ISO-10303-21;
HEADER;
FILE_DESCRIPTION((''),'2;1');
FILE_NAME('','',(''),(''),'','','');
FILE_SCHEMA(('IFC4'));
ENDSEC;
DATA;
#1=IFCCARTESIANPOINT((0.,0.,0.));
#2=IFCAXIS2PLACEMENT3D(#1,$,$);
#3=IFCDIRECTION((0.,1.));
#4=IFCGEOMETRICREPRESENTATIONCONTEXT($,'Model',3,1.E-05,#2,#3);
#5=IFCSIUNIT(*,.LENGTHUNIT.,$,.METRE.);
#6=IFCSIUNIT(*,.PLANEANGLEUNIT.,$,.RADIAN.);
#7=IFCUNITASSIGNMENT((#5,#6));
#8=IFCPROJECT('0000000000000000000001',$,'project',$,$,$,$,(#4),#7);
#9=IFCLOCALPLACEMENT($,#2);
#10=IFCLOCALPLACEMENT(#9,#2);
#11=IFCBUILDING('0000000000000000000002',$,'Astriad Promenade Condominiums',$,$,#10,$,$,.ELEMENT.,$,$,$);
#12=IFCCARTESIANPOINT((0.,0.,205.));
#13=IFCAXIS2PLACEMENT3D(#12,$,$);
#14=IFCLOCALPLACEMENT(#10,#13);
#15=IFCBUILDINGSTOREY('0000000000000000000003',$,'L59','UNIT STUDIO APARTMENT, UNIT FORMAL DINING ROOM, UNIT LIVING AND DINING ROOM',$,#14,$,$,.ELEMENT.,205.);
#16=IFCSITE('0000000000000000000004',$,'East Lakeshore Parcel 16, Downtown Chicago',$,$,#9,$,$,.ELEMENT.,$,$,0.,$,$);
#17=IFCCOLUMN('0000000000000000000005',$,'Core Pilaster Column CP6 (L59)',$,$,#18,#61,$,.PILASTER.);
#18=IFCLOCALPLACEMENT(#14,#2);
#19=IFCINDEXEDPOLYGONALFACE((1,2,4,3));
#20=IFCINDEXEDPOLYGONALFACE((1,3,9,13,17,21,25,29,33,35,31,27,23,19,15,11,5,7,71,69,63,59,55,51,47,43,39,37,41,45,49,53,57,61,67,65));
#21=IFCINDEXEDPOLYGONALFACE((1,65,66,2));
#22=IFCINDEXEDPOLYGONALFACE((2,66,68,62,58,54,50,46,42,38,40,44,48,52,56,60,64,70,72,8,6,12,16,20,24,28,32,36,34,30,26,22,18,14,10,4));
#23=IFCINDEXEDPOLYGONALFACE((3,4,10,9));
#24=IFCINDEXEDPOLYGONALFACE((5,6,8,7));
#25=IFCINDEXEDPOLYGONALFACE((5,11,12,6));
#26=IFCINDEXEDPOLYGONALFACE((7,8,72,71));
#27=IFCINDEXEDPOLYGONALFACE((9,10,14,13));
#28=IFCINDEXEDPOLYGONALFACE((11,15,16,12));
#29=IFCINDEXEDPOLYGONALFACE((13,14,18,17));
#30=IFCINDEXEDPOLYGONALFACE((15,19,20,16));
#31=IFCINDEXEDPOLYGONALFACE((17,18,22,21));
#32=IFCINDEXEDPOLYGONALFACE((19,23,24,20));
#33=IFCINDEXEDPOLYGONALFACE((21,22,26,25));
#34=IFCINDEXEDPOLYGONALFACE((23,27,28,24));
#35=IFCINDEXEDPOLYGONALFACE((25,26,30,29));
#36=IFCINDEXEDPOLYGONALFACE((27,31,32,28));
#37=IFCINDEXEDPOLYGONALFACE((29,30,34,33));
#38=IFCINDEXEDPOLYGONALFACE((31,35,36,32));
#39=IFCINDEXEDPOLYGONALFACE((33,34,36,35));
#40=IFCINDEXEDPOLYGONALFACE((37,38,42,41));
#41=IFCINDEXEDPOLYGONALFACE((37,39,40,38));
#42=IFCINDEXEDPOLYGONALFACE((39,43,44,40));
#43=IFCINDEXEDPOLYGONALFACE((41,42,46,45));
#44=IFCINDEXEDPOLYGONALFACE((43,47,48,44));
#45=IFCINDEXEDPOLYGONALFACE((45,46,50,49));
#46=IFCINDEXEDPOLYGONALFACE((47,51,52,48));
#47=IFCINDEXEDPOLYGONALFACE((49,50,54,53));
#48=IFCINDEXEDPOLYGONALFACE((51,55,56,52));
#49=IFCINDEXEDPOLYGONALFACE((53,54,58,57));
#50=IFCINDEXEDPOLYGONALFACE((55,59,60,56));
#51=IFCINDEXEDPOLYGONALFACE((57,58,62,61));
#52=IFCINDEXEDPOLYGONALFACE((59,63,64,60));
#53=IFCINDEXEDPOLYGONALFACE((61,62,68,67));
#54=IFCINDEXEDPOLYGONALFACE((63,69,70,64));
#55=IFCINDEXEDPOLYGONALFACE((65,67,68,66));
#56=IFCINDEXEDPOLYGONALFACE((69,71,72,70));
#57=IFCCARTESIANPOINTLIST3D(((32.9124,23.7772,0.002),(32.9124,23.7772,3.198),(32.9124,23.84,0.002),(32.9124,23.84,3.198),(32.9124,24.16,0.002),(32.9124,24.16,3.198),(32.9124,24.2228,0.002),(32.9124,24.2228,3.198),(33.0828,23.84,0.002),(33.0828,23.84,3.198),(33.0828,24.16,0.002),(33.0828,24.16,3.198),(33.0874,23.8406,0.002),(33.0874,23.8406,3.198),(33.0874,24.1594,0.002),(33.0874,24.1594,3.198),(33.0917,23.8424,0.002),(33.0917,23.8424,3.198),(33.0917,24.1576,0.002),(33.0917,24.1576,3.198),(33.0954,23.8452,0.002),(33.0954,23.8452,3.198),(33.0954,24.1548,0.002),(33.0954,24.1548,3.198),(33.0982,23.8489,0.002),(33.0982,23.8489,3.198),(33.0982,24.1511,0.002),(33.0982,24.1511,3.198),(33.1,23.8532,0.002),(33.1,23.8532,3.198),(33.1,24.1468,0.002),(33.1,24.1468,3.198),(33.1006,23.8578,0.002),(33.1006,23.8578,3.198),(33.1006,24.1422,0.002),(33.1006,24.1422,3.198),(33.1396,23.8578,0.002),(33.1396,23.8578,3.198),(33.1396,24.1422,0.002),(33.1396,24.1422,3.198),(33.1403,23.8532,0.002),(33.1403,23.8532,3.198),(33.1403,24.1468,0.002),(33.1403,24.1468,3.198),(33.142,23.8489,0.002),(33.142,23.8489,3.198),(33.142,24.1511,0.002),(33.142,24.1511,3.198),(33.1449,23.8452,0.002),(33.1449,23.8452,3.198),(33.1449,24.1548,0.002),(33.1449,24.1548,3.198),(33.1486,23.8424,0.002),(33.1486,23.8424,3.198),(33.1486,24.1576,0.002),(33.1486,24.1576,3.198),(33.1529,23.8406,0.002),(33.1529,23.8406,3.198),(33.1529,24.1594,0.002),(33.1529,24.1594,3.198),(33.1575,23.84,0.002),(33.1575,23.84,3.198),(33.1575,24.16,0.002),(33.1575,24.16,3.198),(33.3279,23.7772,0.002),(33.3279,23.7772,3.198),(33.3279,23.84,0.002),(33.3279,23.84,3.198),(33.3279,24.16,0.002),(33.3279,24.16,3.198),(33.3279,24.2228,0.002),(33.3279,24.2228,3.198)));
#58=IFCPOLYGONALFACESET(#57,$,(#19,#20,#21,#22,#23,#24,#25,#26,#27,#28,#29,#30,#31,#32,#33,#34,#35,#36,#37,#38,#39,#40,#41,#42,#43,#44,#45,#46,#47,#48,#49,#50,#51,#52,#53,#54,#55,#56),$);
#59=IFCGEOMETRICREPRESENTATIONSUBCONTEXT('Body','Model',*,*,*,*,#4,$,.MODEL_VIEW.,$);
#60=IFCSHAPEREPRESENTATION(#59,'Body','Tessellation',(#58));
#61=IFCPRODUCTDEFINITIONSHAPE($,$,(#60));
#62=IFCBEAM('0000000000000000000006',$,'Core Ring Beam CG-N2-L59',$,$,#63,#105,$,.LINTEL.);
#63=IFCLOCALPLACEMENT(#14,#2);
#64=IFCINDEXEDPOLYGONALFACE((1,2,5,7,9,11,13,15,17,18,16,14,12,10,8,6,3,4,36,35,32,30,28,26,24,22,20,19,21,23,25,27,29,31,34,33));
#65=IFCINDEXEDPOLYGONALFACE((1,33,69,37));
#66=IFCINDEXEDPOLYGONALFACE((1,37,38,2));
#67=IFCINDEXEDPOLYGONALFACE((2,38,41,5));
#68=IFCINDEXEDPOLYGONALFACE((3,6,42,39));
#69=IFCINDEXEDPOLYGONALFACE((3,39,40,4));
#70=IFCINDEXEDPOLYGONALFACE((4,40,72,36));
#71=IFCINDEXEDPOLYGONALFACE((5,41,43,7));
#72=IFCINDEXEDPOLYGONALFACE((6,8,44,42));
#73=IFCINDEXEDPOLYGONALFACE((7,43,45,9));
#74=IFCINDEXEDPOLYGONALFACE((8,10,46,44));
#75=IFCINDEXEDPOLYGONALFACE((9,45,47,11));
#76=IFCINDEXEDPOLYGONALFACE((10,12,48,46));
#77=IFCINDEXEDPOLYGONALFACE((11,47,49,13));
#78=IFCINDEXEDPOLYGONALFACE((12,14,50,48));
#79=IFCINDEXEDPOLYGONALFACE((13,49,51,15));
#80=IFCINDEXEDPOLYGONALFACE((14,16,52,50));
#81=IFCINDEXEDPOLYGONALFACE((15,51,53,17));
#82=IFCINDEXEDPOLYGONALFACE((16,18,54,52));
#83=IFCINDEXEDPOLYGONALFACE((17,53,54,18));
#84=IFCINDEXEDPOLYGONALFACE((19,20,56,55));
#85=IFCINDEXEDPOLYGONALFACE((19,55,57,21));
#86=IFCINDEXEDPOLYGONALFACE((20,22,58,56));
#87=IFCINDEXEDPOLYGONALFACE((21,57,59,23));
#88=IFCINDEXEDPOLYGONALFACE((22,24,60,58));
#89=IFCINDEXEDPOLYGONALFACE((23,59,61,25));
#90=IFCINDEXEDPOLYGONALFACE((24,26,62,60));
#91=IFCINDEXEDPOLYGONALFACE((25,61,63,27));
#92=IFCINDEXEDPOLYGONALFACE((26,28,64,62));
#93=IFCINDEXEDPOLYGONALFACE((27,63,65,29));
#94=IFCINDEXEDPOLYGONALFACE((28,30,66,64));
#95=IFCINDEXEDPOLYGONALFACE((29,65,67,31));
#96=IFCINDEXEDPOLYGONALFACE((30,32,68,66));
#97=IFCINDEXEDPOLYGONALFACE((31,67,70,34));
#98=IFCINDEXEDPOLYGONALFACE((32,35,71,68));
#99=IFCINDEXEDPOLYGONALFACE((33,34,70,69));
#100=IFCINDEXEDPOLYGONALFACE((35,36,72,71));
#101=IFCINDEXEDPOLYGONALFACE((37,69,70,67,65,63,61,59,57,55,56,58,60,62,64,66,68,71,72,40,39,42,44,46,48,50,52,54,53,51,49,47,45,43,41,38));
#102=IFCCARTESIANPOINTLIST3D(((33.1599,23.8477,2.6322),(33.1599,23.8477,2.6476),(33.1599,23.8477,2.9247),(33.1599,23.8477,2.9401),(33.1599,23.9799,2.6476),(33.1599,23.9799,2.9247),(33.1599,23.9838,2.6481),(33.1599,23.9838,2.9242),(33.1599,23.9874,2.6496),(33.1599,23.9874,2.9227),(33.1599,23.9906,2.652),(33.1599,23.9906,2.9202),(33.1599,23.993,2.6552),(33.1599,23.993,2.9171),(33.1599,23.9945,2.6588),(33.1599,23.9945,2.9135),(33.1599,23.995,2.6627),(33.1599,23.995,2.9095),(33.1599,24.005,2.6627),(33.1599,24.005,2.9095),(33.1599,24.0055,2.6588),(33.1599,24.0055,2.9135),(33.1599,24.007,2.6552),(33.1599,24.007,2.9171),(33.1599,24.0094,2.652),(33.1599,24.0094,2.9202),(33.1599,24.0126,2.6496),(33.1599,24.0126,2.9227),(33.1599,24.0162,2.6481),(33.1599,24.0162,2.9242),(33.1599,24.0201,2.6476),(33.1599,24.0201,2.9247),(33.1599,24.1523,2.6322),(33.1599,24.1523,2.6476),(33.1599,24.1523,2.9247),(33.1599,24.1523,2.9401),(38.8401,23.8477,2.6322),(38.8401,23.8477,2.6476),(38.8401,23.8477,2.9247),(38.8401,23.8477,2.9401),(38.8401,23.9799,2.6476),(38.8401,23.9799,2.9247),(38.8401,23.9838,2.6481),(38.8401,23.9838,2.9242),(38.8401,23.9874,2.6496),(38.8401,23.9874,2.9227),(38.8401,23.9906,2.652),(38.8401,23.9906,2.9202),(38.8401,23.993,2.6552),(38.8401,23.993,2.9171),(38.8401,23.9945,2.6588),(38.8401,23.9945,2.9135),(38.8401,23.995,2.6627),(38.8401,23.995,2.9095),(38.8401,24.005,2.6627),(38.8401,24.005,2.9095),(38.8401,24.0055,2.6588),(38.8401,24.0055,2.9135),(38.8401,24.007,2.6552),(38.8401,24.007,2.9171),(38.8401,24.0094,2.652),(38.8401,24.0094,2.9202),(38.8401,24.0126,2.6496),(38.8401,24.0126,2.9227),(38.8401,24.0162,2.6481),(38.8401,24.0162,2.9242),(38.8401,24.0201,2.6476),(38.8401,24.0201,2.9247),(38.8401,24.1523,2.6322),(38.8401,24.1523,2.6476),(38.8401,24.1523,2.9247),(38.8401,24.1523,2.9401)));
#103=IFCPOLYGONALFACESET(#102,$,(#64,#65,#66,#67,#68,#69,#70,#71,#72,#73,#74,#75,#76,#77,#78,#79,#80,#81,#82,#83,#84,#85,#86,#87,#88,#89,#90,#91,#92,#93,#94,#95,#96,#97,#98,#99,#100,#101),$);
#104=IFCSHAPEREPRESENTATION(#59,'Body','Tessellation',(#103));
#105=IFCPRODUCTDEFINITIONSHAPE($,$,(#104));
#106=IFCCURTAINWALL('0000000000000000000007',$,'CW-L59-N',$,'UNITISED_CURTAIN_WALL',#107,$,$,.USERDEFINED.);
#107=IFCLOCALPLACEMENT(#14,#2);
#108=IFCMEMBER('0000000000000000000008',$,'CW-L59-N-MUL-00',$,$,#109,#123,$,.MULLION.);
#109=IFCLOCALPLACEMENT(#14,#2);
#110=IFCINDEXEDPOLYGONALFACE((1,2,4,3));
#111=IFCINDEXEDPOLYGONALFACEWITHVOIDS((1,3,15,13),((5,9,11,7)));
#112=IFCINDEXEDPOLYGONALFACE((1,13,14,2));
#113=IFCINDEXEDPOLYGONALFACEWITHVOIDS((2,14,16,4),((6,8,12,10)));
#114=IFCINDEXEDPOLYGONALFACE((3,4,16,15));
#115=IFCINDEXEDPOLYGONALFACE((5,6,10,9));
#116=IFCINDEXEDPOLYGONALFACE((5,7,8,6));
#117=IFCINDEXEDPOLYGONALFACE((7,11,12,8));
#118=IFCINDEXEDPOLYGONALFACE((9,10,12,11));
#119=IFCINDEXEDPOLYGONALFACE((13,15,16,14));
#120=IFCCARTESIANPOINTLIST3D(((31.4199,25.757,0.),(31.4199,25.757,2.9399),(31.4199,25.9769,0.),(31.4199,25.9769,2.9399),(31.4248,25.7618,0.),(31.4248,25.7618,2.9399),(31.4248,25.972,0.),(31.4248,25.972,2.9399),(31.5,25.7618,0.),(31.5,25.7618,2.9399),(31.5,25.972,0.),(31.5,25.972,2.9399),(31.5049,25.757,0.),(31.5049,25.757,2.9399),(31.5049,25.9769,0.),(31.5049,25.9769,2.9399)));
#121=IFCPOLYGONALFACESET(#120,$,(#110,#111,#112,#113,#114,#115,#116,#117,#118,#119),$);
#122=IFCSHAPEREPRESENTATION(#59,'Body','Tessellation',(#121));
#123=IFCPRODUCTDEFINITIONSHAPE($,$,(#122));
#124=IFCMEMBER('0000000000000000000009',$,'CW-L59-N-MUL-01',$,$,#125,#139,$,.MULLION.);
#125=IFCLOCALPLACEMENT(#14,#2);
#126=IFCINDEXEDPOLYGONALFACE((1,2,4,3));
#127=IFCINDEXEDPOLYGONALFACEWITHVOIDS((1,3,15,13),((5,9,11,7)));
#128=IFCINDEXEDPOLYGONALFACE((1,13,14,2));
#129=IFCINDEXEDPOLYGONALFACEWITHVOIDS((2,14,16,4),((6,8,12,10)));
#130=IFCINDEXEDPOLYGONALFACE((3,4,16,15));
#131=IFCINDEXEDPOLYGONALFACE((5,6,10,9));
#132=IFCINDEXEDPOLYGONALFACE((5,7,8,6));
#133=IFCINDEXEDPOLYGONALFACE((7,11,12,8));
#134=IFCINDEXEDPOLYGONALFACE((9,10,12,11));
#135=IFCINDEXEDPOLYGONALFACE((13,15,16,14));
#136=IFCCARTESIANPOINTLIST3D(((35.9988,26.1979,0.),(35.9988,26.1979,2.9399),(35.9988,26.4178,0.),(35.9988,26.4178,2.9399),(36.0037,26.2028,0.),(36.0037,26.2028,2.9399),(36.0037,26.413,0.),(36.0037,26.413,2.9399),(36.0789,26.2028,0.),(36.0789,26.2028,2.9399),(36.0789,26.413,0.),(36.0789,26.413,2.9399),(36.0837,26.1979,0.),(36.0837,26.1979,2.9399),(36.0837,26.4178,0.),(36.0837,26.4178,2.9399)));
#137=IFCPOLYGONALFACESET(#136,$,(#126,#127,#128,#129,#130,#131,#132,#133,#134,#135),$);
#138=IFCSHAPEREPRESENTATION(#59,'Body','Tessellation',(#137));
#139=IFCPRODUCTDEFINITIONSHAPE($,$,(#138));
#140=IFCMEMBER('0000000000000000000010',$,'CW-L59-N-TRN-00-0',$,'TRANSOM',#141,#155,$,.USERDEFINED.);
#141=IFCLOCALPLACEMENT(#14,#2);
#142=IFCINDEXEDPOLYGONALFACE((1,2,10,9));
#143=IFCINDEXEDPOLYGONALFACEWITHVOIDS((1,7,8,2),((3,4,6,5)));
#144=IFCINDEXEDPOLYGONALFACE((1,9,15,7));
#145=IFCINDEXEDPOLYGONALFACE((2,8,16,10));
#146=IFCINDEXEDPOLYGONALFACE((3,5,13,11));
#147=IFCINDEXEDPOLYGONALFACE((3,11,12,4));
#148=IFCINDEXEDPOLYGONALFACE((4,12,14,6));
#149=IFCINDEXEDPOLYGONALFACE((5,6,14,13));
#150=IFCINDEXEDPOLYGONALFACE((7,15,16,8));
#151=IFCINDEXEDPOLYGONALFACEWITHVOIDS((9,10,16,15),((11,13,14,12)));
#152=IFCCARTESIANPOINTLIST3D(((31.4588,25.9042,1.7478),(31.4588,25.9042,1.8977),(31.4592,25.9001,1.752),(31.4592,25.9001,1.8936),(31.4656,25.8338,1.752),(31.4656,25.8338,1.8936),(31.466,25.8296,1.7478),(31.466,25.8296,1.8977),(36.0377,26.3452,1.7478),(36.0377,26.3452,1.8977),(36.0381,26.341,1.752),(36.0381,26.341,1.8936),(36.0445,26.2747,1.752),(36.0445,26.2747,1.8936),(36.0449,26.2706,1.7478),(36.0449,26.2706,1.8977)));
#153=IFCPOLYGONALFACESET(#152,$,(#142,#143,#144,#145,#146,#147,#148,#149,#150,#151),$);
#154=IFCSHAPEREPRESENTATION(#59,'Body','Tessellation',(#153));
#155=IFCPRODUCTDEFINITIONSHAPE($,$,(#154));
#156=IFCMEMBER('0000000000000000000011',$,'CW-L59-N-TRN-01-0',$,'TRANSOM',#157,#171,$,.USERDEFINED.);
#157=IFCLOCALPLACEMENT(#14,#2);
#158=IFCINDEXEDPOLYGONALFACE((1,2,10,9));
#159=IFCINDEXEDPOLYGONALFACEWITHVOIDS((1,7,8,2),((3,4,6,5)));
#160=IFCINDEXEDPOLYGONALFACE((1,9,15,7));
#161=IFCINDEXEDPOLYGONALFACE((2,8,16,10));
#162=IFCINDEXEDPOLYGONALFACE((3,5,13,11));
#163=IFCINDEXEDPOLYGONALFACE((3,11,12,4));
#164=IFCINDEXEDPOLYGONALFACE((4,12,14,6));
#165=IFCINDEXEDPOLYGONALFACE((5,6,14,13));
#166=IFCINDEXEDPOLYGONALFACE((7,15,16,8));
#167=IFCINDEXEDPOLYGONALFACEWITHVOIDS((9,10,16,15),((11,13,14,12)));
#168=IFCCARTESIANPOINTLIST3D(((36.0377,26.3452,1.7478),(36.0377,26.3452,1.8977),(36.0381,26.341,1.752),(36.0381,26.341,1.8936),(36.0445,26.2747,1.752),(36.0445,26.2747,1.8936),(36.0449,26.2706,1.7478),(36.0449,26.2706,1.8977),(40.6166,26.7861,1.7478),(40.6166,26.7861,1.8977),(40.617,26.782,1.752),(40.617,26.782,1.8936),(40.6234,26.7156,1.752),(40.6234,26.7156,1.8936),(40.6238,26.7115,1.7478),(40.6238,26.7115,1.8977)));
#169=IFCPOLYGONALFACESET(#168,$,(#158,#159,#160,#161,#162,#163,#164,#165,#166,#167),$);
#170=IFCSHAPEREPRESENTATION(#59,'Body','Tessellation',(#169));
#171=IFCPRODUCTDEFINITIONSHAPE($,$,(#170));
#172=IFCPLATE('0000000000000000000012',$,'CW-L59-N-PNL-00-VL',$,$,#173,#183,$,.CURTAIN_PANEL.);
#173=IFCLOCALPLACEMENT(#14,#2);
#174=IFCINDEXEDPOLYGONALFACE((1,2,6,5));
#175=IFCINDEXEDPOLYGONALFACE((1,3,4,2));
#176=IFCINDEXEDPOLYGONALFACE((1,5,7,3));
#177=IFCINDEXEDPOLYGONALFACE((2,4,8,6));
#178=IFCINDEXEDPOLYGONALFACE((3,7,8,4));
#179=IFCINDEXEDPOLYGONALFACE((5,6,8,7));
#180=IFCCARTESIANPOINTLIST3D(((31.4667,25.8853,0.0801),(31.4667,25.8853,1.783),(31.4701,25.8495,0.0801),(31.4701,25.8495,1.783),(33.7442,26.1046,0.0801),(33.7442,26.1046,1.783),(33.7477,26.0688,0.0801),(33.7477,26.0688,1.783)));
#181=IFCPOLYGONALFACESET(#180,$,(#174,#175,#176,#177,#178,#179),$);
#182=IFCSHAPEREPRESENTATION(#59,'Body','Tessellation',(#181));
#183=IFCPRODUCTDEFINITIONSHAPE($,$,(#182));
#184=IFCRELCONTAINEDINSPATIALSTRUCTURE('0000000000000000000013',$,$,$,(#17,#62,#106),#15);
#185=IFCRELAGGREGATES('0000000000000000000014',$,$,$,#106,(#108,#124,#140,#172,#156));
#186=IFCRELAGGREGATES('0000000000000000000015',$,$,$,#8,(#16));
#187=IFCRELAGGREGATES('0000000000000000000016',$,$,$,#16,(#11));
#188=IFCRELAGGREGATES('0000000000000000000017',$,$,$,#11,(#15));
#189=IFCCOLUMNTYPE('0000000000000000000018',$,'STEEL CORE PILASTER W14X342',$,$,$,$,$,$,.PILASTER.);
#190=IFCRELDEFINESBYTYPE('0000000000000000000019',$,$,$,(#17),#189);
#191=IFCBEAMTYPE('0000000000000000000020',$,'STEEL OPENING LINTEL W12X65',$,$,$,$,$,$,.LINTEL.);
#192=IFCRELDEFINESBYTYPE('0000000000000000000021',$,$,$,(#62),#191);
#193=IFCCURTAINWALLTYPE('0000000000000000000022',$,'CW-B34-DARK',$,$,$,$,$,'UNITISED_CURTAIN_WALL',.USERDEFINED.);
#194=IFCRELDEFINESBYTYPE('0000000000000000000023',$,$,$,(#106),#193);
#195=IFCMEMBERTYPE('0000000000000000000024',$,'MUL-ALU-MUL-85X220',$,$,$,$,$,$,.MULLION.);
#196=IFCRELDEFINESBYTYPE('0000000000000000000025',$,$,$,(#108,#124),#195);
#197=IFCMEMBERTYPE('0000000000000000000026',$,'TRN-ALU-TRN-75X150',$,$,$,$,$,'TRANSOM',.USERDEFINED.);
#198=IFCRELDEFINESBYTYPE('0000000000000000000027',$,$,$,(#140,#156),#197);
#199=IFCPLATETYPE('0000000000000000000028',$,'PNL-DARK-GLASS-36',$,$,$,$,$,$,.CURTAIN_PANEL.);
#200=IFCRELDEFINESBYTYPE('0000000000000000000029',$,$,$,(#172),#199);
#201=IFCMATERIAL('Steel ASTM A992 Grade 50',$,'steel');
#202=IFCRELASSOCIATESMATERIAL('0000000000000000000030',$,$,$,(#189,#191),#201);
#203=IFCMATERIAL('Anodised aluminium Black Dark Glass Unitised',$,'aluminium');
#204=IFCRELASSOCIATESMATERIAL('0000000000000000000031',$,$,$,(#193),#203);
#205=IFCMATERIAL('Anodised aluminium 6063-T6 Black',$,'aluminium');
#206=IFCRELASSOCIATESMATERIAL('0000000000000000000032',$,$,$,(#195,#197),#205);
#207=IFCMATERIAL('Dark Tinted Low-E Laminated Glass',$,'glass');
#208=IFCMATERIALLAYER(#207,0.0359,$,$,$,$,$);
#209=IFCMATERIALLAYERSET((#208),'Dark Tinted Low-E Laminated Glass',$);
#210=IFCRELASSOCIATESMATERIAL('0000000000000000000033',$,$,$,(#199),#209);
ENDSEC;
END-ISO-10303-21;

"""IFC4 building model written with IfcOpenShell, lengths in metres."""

from ifc_helpers import new_model, si_unit, direction, frame, origin, origin_2d, place, context, subcontext, project, spatial, rectangle, hollow_rectangle, i_section, extrude, source, transform, mapped, material, layer, layer_set, material_profile, profile_set, type_object, type_shapes, element, aggregate, save


model = new_model("IFC4")

# Units and contexts
model_context = context("Model", 3, precision=1e-05, world=origin(), true_north=direction((0.0, 1.0)))
body_context = subcontext(model_context, "Body", "Model", "MODEL_VIEW")
ifc_project = project(units=[si_unit("LENGTHUNIT", "METRE"), si_unit("PLANEANGLEUNIT", "RADIAN")], contexts=[model_context])

# Site, building, storey
site_placement = place(None, origin())
site = spatial("IfcSite", under=ifc_project, at=site_placement, Name="East Lakeshore Parcel 16, Downtown Chicago", CompositionType="ELEMENT", RefElevation=0.0)
building_placement = place(site_placement, origin())
building = spatial("IfcBuilding", under=site, at=building_placement, Name="Astriad Promenade Condominiums", CompositionType="ELEMENT")
storey_placement = place(building_placement, frame((0.0, 0.0, 205.0)))
storey = spatial("IfcBuildingStorey", under=building, at=storey_placement, Name="L59", Description="UNIT STUDIO APARTMENT, UNIT FORMAL DINING ROOM, UNIT LIVING AND DINING ROOM", CompositionType="ELEMENT", Elevation=205.0)

# Column
ifc_material_1 = material(Name="Steel ASTM A992 Grade 50", Category="steel")
ifc_material_profile_1 = material_profile(ifc_material_1, i_section(OverallWidth=0.4155, OverallDepth=0.4456, WebThickness=0.0391, FlangeThickness=0.0627, FilletRadius=0.0178, at=origin_2d()), Name="W14X342")
ifc_profile_set_1 = profile_set([ifc_material_profile_1], Name="Steel ASTM A992 Grade 50")
column_type = type_object("IfcColumnType", Name="STEEL CORE PILASTER W14X342", PredefinedType="PILASTER", material=ifc_profile_set_1)
shared_shape_1 = source(origin(), body_context, "Body", "SweptSolid", [
    extrude(i_section(OverallWidth=0.4155, OverallDepth=0.4456, WebThickness=0.0391, FlangeThickness=0.0627, FilletRadius=0.0178, at=origin_2d()), origin(), (0.0, 0.0, 1.0), 3.196),
])
type_shapes(column_type, [shared_shape_1])
column_placement = place(storey_placement, frame((33.1201, 24.0, 0.002), z_axis=(0.0, 0.0, 1.0), x_axis=(1.0, 0.0, 0.0)))
element("IfcColumn", 1, at=column_placement, inside=storey, type_object=column_type, Name="Core Pilaster Column CP6 (L59)", PredefinedType="PILASTER", context=body_context, shape_type="MappedRepresentation", body=[
    mapped(shared_shape_1, transform((0.0, 0.0, 0.0), scale=1.0)),
])

# Beam
ifc_material_profile_2 = material_profile(ifc_material_1, i_section(OverallWidth=0.3047, OverallDepth=0.3079, WebThickness=0.01, FlangeThickness=0.0154, FilletRadius=0.0151, at=origin_2d()), Name="W12X65")
ifc_profile_set_2 = profile_set([ifc_material_profile_2], Name="Steel ASTM A992 Grade 50")
beam_type = type_object("IfcBeamType", Name="STEEL OPENING LINTEL W12X65", PredefinedType="LINTEL", material=ifc_profile_set_2)
shared_shape_2 = source(origin(), body_context, "Body", "SweptSolid", [
    extrude(i_section(OverallWidth=0.3047, OverallDepth=0.3079, WebThickness=0.01, FlangeThickness=0.0154, FilletRadius=0.0151, at=origin_2d()), origin(), (0.0, 0.0, 1.0), 5.6802),
])
type_shapes(beam_type, [shared_shape_2])
beam_placement = place(storey_placement, frame((33.1599, 24.0, 2.7861), z_axis=(1.0, 0.0, 0.0), x_axis=(0.0, 1.0, 0.0)))
element("IfcBeam", 2, at=beam_placement, inside=storey, type_object=beam_type, Name="Core Ring Beam CG-N2-L59", PredefinedType="LINTEL", context=body_context, shape_type="MappedRepresentation", body=[
    mapped(shared_shape_2, transform((0.0, 0.0, 0.0), scale=1.0)),
])

# Curtain wall, members, plate
ifc_material_2 = material(Name="Anodised aluminium Black Dark Glass Unitised", Category="aluminium")
curtain_wall_type = type_object("IfcCurtainWallType", Name="CW-B34-DARK", ElementType="UNITISED_CURTAIN_WALL", PredefinedType="USERDEFINED", material=ifc_material_2)
curtain_wall_placement = place(storey_placement, origin())
curtain_wall = element("IfcCurtainWall", 3, at=curtain_wall_placement, inside=storey, type_object=curtain_wall_type, Name="CW-L59-N", ObjectType="UNITISED_CURTAIN_WALL", PredefinedType="USERDEFINED")
ifc_material_3 = material(Name="Anodised aluminium 6063-T6 Black", Category="aluminium")
ifc_material_profile_3 = material_profile(ifc_material_3, hollow_rectangle(XDim=0.085, YDim=0.22, WallThickness=0.0049, at=origin_2d()), Name="ALU-MUL-85X220")
ifc_profile_set_3 = profile_set([ifc_material_profile_3], Name="Anodised aluminium 6063-T6 Black")
member_type_1 = type_object("IfcMemberType", Name="MUL-ALU-MUL-85X220", PredefinedType="MULLION", material=ifc_profile_set_3)
shared_shape_3 = source(origin(), body_context, "Body", "SweptSolid", [
    extrude(hollow_rectangle(XDim=0.085, YDim=0.22, WallThickness=0.0049, at=origin_2d()), origin(), (0.0, 0.0, 1.0), 2.9399),
])
type_shapes(member_type_1, [shared_shape_3])
member_1_placement = place(storey_placement, frame((31.4624, 25.8669, 0.0), z_axis=(0.0, 0.0, 1.0), x_axis=(1.0, 0.0, 0.0)))
member_1 = element("IfcMember", 4, at=member_1_placement, type_object=member_type_1, Name="CW-L59-N-MUL-00", PredefinedType="MULLION", context=body_context, shape_type="MappedRepresentation", body=[
    mapped(shared_shape_3, transform((0.0, 0.0, 0.0), scale=1.0)),
])
member_2_placement = place(storey_placement, frame((36.0413, 26.3079, 0.0), z_axis=(0.0, 0.0, 1.0), x_axis=(1.0, 0.0, 0.0)))
member_2 = element("IfcMember", 5, at=member_2_placement, type_object=member_type_1, Name="CW-L59-N-MUL-01", PredefinedType="MULLION", context=body_context, shape_type="MappedRepresentation", body=[
    mapped(shared_shape_3, transform((0.0, 0.0, 0.0), scale=1.0)),
])
ifc_material_profile_4 = material_profile(ifc_material_3, hollow_rectangle(XDim=0.075, YDim=0.1499, WallThickness=0.0042, at=origin_2d()), Name="ALU-TRN-75X150")
ifc_profile_set_4 = profile_set([ifc_material_profile_4], Name="Anodised aluminium 6063-T6 Black")
member_type_2 = type_object("IfcMemberType", Name="TRN-ALU-TRN-75X150", ElementType="TRANSOM", PredefinedType="USERDEFINED", material=ifc_profile_set_4)
shared_shape_4 = source(origin(), body_context, "Body", "SweptSolid", [
    extrude(hollow_rectangle(XDim=0.075, YDim=0.1499, WallThickness=0.0042, at=origin_2d()), origin(), (0.0, 0.0, 1.0), 4.6001),
])
type_shapes(member_type_2, [shared_shape_4])
member_3_placement = place(storey_placement, frame((31.4624, 25.8669, 1.8228), z_axis=(0.995396, 0.095851, 0.0), x_axis=(-0.095851, 0.995396, 0.0)))
member_3 = element("IfcMember", 6, at=member_3_placement, type_object=member_type_2, Name="CW-L59-N-TRN-00-0", ObjectType="TRANSOM", PredefinedType="USERDEFINED", context=body_context, shape_type="MappedRepresentation", body=[
    mapped(shared_shape_4, transform((0.0, 0.0, 0.0), scale=1.0)),
])
member_4_placement = place(storey_placement, frame((36.0413, 26.3079, 1.8228), z_axis=(0.995396, 0.095851, 0.0), x_axis=(-0.095851, 0.995396, 0.0)))
member_4 = element("IfcMember", 7, at=member_4_placement, type_object=member_type_2, Name="CW-L59-N-TRN-01-0", ObjectType="TRANSOM", PredefinedType="USERDEFINED", context=body_context, shape_type="MappedRepresentation", body=[
    mapped(shared_shape_4, transform((0.0, 0.0, 0.0), scale=1.0)),
])
ifc_material_4 = material(Name="Dark Tinted Low-E Laminated Glass", Category="glass")
ifc_layer_1 = layer(ifc_material_4, 0.0359)
ifc_layer_set_1 = layer_set([ifc_layer_1], Name="Dark Tinted Low-E Laminated Glass")
plate_type = type_object("IfcPlateType", Name="PNL-DARK-GLASS-36", PredefinedType="CURTAIN_PANEL", material=ifc_layer_set_1)
shared_shape_5 = source(origin(), body_context, "Body", "SweptSolid", [
    extrude(rectangle(XDim=2.2881, YDim=0.0359, at=origin_2d()), origin(), (0.0, 0.0, 1.0), 1.7029),
])
plate_1_placement = place(storey_placement, frame((32.6072, 25.9771, 0.0801), z_axis=(0.0, 0.0, 1.0), x_axis=(0.995396, 0.095846, 0.0)))
plate_1 = element("IfcPlate", 8, at=plate_1_placement, type_object=plate_type, Name="CW-L59-N-PNL-00-VL", PredefinedType="CURTAIN_PANEL", context=body_context, shape_type="MappedRepresentation", body=[
    mapped(shared_shape_5, transform((0.0, 0.0, 0.0), scale=1.0)),
])
aggregate(curtain_wall, [member_1, member_2, member_3, plate_1, member_4])

save(model, "model.ifc")
